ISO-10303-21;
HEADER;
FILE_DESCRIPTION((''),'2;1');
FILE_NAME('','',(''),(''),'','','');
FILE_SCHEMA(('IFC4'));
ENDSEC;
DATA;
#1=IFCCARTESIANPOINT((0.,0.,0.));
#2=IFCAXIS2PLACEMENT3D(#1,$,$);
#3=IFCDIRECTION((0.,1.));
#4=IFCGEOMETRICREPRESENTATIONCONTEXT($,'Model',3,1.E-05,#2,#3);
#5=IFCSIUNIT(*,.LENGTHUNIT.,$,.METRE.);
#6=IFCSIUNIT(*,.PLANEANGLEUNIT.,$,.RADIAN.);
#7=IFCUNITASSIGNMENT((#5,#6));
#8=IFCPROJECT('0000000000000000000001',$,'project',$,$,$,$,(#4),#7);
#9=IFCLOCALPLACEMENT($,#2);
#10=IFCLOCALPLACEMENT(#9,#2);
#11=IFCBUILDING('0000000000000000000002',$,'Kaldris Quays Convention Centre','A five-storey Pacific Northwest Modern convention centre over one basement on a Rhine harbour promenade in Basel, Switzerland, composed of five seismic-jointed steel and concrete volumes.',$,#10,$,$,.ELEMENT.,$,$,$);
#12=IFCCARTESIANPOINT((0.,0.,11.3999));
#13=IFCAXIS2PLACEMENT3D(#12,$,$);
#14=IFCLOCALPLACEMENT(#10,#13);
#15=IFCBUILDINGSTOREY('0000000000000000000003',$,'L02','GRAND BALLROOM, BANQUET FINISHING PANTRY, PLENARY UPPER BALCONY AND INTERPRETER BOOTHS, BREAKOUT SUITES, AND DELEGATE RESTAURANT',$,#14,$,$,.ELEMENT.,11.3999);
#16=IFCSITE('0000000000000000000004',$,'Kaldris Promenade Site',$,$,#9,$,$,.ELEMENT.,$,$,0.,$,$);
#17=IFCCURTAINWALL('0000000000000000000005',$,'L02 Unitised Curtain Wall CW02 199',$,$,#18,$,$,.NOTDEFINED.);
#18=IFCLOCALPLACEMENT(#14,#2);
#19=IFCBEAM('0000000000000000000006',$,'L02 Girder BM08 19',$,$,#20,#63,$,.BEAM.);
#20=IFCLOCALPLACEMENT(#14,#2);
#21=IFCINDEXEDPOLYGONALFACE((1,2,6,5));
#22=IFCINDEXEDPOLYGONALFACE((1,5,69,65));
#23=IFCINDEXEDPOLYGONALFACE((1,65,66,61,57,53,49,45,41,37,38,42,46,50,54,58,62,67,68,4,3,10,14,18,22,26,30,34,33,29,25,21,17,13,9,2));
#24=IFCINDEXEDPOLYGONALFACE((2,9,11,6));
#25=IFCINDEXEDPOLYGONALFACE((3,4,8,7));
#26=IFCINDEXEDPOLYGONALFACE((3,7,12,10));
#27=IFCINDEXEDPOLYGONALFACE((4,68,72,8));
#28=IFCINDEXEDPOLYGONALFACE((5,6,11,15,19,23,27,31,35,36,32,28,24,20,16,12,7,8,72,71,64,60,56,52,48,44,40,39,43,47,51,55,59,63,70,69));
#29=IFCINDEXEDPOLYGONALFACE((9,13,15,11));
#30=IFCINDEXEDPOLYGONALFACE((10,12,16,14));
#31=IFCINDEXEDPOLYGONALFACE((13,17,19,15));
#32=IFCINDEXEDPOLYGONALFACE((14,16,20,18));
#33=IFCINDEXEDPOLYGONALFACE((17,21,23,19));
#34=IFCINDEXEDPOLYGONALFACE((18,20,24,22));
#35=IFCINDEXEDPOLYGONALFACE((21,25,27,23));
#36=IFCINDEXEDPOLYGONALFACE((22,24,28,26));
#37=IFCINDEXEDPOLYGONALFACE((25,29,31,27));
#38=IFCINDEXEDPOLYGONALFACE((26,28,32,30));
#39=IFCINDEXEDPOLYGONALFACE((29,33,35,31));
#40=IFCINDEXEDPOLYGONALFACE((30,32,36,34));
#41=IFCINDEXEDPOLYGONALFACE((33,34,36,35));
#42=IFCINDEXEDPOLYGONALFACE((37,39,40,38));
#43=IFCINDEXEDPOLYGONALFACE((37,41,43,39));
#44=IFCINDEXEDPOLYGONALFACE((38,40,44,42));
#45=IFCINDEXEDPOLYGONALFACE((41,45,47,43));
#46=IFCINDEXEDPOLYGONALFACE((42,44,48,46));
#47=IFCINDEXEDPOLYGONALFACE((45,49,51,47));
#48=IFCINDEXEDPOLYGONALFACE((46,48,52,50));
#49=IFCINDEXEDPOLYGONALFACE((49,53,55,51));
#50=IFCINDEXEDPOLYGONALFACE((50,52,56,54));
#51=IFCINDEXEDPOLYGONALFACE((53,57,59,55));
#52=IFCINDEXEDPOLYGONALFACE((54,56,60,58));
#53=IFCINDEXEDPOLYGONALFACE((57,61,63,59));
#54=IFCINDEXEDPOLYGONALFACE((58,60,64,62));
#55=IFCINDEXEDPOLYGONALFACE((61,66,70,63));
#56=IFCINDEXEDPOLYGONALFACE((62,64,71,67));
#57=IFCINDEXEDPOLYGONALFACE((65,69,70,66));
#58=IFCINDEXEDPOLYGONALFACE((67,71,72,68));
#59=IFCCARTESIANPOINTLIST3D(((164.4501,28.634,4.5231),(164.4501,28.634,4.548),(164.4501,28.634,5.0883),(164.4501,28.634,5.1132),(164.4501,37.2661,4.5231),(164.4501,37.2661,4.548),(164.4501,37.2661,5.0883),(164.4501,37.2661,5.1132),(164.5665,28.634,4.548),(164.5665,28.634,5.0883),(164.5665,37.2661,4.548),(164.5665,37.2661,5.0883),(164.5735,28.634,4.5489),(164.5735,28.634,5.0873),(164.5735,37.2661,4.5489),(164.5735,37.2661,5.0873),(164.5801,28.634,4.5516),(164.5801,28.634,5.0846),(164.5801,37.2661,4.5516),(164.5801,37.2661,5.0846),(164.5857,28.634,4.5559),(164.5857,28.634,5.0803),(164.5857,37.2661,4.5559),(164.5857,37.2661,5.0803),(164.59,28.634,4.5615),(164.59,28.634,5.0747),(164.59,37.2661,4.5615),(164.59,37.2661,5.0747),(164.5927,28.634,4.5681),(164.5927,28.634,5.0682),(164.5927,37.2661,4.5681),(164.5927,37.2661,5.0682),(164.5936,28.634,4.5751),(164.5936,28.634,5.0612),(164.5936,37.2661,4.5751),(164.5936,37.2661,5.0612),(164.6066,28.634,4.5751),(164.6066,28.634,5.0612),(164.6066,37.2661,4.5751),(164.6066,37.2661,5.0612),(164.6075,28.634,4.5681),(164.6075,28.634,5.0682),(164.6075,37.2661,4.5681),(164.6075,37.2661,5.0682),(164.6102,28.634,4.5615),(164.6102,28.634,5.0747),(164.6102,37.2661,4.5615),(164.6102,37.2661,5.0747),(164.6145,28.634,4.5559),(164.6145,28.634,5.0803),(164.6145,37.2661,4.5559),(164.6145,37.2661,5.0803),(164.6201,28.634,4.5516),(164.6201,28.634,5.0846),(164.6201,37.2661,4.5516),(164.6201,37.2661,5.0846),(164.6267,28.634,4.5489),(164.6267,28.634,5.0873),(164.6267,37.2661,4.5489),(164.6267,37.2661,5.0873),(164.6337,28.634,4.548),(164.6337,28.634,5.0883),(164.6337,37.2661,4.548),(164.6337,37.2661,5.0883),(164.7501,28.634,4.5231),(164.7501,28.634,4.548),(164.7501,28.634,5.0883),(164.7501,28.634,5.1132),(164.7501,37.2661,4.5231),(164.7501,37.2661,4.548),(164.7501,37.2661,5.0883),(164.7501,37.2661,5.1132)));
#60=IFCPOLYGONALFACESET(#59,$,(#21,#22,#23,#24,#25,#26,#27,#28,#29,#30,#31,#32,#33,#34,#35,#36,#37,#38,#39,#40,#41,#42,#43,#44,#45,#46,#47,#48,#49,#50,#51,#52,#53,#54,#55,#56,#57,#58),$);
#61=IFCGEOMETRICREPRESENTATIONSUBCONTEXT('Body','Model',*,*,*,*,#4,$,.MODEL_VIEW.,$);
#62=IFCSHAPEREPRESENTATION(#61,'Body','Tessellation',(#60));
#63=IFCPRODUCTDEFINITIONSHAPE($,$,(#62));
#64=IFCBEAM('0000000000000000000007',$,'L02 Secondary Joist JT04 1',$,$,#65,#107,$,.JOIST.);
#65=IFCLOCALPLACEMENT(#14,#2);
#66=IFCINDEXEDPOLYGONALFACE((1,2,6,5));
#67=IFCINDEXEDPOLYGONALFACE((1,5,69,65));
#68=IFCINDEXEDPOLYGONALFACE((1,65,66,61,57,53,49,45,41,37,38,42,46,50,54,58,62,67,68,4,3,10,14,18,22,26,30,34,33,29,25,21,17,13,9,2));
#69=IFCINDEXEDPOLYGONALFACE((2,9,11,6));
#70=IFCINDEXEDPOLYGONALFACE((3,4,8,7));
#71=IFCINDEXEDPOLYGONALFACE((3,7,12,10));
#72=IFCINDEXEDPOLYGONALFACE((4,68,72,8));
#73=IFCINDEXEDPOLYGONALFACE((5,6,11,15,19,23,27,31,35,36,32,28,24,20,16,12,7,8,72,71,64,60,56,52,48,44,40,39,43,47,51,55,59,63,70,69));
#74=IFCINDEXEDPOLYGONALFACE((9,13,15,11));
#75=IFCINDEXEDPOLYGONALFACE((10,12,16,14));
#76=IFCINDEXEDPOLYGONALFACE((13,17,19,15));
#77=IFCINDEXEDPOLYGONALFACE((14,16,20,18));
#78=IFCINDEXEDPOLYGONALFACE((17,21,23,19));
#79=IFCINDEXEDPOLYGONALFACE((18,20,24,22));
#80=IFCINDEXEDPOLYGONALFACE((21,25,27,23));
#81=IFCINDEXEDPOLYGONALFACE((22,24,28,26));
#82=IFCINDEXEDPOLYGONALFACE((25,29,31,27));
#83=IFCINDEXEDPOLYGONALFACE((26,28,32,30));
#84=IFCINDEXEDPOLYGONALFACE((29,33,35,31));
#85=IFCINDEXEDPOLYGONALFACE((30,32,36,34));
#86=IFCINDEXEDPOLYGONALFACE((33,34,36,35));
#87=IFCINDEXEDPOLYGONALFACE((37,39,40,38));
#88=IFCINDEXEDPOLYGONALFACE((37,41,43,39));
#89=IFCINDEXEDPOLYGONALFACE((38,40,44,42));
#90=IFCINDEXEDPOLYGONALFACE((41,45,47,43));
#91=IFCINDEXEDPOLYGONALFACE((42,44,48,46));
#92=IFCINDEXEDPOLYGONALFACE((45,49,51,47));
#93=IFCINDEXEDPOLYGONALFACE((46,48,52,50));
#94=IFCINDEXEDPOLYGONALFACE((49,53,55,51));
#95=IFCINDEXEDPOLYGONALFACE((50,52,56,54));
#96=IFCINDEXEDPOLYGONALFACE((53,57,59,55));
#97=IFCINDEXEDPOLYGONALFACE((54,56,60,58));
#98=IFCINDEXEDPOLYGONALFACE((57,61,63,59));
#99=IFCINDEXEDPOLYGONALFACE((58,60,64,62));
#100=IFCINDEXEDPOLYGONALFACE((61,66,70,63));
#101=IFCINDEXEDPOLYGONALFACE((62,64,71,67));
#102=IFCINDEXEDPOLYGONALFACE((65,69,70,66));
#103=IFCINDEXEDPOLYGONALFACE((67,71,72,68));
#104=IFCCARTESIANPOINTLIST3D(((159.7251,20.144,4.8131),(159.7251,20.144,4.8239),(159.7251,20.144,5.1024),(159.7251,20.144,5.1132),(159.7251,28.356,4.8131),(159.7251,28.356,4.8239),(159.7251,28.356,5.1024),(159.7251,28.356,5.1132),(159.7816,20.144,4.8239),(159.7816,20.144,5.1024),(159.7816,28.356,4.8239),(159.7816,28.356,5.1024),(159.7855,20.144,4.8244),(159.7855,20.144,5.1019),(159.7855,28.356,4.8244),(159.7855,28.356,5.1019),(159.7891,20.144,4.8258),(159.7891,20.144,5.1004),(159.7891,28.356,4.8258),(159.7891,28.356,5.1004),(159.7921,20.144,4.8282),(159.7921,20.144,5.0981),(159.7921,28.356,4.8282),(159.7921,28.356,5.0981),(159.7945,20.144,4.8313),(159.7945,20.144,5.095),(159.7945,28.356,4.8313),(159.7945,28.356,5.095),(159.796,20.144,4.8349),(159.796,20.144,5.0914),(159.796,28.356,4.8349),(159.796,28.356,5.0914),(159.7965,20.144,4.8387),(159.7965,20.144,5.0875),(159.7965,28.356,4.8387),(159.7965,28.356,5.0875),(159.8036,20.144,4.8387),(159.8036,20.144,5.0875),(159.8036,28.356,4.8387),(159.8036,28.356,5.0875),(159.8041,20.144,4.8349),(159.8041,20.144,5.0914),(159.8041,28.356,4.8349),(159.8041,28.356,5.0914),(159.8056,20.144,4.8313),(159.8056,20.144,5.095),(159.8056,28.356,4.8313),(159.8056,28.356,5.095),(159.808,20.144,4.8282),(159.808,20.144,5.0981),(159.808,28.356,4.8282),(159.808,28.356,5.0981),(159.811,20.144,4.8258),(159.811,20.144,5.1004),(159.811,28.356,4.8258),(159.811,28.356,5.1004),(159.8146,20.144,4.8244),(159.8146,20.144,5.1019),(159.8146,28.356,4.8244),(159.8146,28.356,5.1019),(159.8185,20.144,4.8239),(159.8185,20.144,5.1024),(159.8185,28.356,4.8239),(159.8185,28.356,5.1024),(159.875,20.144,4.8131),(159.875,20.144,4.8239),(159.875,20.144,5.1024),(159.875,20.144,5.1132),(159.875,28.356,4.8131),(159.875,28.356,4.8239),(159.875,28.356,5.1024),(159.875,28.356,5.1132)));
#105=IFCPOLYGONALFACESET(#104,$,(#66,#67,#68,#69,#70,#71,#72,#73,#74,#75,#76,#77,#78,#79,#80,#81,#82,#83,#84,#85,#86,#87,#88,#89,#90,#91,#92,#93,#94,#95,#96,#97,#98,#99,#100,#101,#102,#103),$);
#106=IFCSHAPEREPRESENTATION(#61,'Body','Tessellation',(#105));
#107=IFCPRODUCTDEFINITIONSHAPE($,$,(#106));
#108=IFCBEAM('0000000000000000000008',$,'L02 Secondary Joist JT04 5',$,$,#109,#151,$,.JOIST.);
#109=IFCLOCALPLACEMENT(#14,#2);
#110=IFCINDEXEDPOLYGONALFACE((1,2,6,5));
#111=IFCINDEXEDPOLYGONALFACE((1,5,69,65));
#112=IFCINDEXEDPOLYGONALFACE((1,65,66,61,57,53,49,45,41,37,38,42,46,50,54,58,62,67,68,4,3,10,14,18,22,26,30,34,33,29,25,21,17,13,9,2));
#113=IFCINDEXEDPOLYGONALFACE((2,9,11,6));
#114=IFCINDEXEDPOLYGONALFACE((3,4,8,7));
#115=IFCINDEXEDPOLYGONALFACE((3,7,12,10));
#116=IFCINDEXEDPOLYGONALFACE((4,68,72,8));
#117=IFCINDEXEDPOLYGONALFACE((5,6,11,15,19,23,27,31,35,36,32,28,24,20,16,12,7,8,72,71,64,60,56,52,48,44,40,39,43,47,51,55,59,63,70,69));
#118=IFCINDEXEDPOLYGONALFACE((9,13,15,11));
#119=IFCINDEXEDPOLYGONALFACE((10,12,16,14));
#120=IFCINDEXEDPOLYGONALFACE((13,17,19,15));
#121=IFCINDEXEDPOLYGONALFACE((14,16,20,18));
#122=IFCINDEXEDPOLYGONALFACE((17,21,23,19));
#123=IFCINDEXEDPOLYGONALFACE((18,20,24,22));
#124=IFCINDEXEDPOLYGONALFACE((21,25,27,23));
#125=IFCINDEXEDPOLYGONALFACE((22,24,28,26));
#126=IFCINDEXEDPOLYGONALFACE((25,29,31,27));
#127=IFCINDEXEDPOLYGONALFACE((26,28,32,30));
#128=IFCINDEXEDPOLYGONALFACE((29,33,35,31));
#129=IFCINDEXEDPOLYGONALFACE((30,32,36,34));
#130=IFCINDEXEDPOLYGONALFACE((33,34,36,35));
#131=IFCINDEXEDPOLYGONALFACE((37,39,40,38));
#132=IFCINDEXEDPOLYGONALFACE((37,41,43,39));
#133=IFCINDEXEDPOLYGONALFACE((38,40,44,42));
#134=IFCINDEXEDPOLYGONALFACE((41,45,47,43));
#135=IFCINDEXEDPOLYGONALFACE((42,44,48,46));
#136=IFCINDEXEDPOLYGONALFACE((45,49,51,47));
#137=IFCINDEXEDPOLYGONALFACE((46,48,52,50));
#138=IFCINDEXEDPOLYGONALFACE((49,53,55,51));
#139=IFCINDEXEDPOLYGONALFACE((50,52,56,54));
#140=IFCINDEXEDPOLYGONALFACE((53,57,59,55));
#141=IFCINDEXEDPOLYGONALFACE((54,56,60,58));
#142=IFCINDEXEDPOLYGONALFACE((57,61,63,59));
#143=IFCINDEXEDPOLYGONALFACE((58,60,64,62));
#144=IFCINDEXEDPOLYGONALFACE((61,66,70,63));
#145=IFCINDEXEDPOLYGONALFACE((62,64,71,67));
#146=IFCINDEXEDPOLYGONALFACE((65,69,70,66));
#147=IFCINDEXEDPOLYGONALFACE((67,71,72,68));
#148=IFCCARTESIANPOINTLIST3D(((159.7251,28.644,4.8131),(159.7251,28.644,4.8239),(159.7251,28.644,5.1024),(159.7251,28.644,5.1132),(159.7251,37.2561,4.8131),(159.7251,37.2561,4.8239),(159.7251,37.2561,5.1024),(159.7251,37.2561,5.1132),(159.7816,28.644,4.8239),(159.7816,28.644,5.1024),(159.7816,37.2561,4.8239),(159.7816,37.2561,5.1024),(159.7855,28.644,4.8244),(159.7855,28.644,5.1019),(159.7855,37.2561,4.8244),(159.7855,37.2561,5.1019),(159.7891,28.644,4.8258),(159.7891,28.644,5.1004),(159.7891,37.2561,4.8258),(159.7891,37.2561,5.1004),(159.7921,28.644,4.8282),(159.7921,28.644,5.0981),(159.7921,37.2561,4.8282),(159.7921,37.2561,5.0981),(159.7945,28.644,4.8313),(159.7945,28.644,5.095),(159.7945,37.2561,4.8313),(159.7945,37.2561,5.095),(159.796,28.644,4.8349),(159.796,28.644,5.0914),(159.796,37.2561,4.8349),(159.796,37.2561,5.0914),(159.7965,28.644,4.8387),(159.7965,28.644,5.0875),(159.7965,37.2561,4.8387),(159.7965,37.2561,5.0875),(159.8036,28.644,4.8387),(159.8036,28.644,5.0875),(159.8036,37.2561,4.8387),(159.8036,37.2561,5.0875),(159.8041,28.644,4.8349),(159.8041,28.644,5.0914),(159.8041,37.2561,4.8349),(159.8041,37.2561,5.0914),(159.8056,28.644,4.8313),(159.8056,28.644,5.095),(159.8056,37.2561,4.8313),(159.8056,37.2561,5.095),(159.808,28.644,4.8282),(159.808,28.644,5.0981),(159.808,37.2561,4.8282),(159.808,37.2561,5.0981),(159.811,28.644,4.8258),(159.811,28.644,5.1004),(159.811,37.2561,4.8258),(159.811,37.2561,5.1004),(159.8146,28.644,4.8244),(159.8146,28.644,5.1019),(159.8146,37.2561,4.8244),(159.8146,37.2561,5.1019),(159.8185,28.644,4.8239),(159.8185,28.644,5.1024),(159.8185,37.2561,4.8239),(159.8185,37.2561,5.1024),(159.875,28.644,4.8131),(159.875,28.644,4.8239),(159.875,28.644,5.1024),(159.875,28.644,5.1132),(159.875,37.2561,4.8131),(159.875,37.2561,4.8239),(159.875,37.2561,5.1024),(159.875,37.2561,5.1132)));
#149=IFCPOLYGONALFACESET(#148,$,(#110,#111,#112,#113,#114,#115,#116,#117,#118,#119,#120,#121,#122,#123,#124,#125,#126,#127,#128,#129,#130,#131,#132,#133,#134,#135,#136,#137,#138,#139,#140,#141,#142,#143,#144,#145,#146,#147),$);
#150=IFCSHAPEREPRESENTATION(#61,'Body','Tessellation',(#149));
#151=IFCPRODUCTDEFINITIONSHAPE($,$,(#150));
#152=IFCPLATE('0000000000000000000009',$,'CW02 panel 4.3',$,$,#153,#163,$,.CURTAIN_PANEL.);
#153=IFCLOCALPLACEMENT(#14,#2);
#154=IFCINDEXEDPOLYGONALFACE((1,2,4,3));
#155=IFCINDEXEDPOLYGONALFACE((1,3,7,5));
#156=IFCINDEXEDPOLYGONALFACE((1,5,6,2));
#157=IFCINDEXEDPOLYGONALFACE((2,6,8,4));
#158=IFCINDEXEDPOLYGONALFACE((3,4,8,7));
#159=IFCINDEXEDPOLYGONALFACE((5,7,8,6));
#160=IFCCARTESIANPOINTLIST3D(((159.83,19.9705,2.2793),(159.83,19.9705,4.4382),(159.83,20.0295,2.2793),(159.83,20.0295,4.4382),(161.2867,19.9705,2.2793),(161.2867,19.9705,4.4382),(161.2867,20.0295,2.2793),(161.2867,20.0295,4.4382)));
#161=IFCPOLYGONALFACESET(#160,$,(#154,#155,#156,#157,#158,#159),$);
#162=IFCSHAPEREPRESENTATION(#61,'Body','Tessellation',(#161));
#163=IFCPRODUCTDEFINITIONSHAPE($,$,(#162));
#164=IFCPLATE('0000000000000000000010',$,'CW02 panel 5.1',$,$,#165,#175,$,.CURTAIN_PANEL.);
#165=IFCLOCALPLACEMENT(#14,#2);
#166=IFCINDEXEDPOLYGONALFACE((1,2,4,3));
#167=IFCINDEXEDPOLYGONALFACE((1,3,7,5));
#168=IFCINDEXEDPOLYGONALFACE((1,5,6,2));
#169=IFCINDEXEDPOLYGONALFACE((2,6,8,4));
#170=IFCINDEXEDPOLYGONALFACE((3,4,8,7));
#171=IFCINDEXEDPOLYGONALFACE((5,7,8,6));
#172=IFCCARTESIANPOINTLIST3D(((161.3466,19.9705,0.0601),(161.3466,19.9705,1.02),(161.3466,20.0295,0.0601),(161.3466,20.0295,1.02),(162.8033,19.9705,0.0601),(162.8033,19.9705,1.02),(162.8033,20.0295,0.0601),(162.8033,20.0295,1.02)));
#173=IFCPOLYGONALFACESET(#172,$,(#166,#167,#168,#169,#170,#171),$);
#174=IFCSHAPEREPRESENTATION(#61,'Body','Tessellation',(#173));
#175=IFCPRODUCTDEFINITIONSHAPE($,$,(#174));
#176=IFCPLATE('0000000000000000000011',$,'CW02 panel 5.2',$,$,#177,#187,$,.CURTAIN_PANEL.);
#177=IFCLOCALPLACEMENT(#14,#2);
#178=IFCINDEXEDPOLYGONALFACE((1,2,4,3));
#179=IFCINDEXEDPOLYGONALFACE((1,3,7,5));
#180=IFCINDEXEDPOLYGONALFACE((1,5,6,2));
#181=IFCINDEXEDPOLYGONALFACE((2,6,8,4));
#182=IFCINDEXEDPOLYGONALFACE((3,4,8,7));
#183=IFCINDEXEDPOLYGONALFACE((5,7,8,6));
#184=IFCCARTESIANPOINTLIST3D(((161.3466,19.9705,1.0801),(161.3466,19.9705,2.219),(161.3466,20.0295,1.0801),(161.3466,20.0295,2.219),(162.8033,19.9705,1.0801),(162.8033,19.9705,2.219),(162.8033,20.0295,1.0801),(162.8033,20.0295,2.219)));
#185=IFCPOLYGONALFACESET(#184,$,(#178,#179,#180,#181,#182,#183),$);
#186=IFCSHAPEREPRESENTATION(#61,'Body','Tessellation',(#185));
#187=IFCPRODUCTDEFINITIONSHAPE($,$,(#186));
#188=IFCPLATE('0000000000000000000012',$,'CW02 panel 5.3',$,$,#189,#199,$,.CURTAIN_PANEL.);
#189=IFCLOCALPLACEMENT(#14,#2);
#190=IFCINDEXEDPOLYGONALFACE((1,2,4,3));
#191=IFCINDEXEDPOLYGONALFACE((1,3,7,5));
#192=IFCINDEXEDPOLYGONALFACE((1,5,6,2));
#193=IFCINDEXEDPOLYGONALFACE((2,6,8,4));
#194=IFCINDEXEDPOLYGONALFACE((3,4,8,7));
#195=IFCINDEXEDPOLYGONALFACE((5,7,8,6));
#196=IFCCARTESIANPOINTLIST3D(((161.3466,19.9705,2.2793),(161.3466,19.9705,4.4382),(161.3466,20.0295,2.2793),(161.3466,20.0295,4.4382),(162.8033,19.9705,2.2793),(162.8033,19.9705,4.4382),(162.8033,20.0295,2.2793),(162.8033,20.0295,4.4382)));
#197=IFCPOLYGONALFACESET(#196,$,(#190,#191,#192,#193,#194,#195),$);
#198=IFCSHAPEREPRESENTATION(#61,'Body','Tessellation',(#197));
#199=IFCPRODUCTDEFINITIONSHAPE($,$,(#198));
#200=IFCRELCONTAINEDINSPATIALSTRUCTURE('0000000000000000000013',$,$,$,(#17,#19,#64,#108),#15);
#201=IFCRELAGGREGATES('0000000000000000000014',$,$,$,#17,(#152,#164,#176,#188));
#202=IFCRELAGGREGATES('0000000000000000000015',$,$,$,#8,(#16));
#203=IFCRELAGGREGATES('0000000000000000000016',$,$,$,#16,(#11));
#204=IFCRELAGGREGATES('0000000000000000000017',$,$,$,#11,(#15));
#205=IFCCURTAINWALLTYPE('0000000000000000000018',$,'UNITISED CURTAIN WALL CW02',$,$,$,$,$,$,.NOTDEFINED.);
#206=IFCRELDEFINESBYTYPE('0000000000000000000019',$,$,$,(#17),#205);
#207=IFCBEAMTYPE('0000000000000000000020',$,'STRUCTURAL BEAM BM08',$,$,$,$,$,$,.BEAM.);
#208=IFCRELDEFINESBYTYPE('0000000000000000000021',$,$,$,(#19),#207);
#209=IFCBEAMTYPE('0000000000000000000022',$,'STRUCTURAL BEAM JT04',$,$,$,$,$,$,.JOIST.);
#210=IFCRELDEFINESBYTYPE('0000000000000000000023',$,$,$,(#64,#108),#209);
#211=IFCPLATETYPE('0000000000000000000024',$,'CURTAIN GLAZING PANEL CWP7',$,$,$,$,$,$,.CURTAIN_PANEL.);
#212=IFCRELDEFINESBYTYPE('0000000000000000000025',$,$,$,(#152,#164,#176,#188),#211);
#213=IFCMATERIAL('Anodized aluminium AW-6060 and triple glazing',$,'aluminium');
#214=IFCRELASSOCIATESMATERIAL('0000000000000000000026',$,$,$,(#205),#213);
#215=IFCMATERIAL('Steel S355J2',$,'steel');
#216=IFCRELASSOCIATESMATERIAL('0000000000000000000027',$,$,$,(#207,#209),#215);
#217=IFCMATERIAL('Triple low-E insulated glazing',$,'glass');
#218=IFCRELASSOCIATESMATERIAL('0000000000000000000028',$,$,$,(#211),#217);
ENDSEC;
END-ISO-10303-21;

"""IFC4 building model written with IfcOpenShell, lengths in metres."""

from ifc_helpers import new_model, si_unit, direction, frame, origin, origin_2d, place, context, subcontext, project, spatial, rectangle, i_section, extrude, material, material_profile, profile_set, type_object, element, aggregate, save


model = new_model("IFC4")

# Units and contexts
model_context = context("Model", 3, precision=1e-05, world=origin(), true_north=direction((0.0, 1.0)))
body_context = subcontext(model_context, "Body", "Model", "MODEL_VIEW")
ifc_project = project(units=[si_unit("LENGTHUNIT", "METRE"), si_unit("PLANEANGLEUNIT", "RADIAN")], contexts=[model_context])

# Site, building, storey
site_placement = place(None, origin())
site = spatial("IfcSite", under=ifc_project, at=site_placement, Name="Kaldris Promenade Site", CompositionType="ELEMENT", RefElevation=0.0)
building_placement = place(site_placement, origin())
building = spatial("IfcBuilding", under=site, at=building_placement, Name="Kaldris Quays Convention Centre", Description="A five-storey Pacific Northwest Modern convention centre over one basement on a Rhine harbour promenade in Basel, Switzerland, composed of five seismic-jointed steel and concrete volumes.", CompositionType="ELEMENT")
storey_placement = place(building_placement, frame((0.0, 0.0, 11.3999)))
storey = spatial("IfcBuildingStorey", under=building, at=storey_placement, Name="L02", Description="GRAND BALLROOM, BANQUET FINISHING PANTRY, PLENARY UPPER BALCONY AND INTERPRETER BOOTHS, BREAKOUT SUITES, AND DELEGATE RESTAURANT", CompositionType="ELEMENT", Elevation=11.3999)

# Shared definitions
ifc_material_1 = material(Name="Steel S355J2", Category="steel")

# Curtain wall
ifc_material_2 = material(Name="Anodized aluminium AW-6060 and triple glazing", Category="aluminium")
curtain_wall_type = type_object("IfcCurtainWallType", Name="UNITISED CURTAIN WALL CW02", PredefinedType="NOTDEFINED", material=ifc_material_2)
curtain_wall_1_placement = place(storey_placement, origin())
curtain_wall_1 = element("IfcCurtainWall", 1, at=curtain_wall_1_placement, inside=storey, type_object=curtain_wall_type, Name="L02 Unitised Curtain Wall CW02 199", PredefinedType="NOTDEFINED")

# Beams
ifc_material_profile_1 = material_profile(ifc_material_1, i_section(OverallWidth=0.3, OverallDepth=0.5901, WebThickness=0.0129, FlangeThickness=0.0249, FilletRadius=0.0271, at=origin_2d()), Name="HEA 600")
ifc_profile_set_1 = profile_set([ifc_material_profile_1], Name="Steel S355J2")
beam_type_1 = type_object("IfcBeamType", Name="STRUCTURAL BEAM BM08", PredefinedType="BEAM", material=ifc_profile_set_1)
beam_1_placement = place(storey_placement, frame((164.6001, 28.634, 4.8181), z_axis=(0.0, 1.0, 0.0), x_axis=(-1.0, 0.0, 0.0)))
element("IfcBeam", 2, at=beam_1_placement, inside=storey, type_object=beam_type_1, Name="L02 Girder BM08 19", PredefinedType="BEAM", context=body_context, shape_type="SweptSolid", body=[
    extrude(i_section(OverallWidth=0.3, OverallDepth=0.5901, WebThickness=0.0129, FlangeThickness=0.0249, FilletRadius=0.0271, at=origin_2d()), origin(), (0.0, 0.0, 1.0), 8.6321),
])
ifc_material_profile_2 = material_profile(ifc_material_1, i_section(OverallWidth=0.1499, OverallDepth=0.3, WebThickness=0.0071, FlangeThickness=0.0107, FilletRadius=0.0149, at=origin_2d()), Name="IPE 300")
ifc_profile_set_2 = profile_set([ifc_material_profile_2], Name="Steel S355J2")
beam_type_2 = type_object("IfcBeamType", Name="STRUCTURAL BEAM JT04", PredefinedType="JOIST", material=ifc_profile_set_2)
beam_2_placement = place(storey_placement, frame((159.8, 20.144, 4.9631), z_axis=(0.0, 1.0, 0.0), x_axis=(-1.0, 0.0, 0.0)))
element("IfcBeam", 3, at=beam_2_placement, inside=storey, type_object=beam_type_2, Name="L02 Secondary Joist JT04 1", PredefinedType="JOIST", context=body_context, shape_type="SweptSolid", body=[
    extrude(i_section(OverallWidth=0.1499, OverallDepth=0.3, WebThickness=0.0071, FlangeThickness=0.0107, FilletRadius=0.0149, at=origin_2d()), origin(), (0.0, 0.0, 1.0), 8.2119),
])
beam_3_placement = place(storey_placement, frame((159.8, 28.644, 4.9631), z_axis=(0.0, 1.0, 0.0), x_axis=(-1.0, 0.0, 0.0)))
element("IfcBeam", 4, at=beam_3_placement, inside=storey, type_object=beam_type_2, Name="L02 Secondary Joist JT04 5", PredefinedType="JOIST", context=body_context, shape_type="SweptSolid", body=[
    extrude(i_section(OverallWidth=0.1499, OverallDepth=0.3, WebThickness=0.0071, FlangeThickness=0.0107, FilletRadius=0.0149, at=origin_2d()), origin(), (0.0, 0.0, 1.0), 8.6121),
])

# Plates
ifc_material_3 = material(Name="Triple low-E insulated glazing", Category="glass")
plate_type = type_object("IfcPlateType", Name="CURTAIN GLAZING PANEL CWP7", PredefinedType="CURTAIN_PANEL", material=ifc_material_3)
plate_1_placement = place(storey_placement, frame((160.5583, 20.0, 2.2793), z_axis=(0.0, 0.0, 1.0), x_axis=(1.0, 0.0, 0.0)))
plate_1 = element("IfcPlate", 5, at=plate_1_placement, type_object=plate_type, Name="CW02 panel 4.3", PredefinedType="CURTAIN_PANEL", context=body_context, shape_type="SweptSolid", body=[
    extrude(rectangle(XDim=1.4568, YDim=0.0591, at=origin_2d()), origin(), (0.0, 0.0, 1.0), 2.1589),
])
plate_2_placement = place(storey_placement, frame((162.075, 20.0, 0.0601), z_axis=(0.0, 0.0, 1.0), x_axis=(1.0, 0.0, 0.0)))
plate_2 = element("IfcPlate", 6, at=plate_2_placement, type_object=plate_type, Name="CW02 panel 5.1", PredefinedType="CURTAIN_PANEL", context=body_context, shape_type="SweptSolid", body=[
    extrude(rectangle(XDim=1.4568, YDim=0.0591, at=origin_2d()), origin(), (0.0, 0.0, 1.0), 0.96),
])
plate_3_placement = place(storey_placement, frame((162.075, 20.0, 1.0801), z_axis=(0.0, 0.0, 1.0), x_axis=(1.0, 0.0, 0.0)))
plate_3 = element("IfcPlate", 7, at=plate_3_placement, type_object=plate_type, Name="CW02 panel 5.2", PredefinedType="CURTAIN_PANEL", context=body_context, shape_type="SweptSolid", body=[
    extrude(rectangle(XDim=1.4568, YDim=0.0591, at=origin_2d()), origin(), (0.0, 0.0, 1.0), 1.1389),
])
plate_4_placement = place(storey_placement, frame((162.075, 20.0, 2.2793), z_axis=(0.0, 0.0, 1.0), x_axis=(1.0, 0.0, 0.0)))
plate_4 = element("IfcPlate", 8, at=plate_4_placement, type_object=plate_type, Name="CW02 panel 5.3", PredefinedType="CURTAIN_PANEL", context=body_context, shape_type="SweptSolid", body=[
    extrude(rectangle(XDim=1.4568, YDim=0.0591, at=origin_2d()), origin(), (0.0, 0.0, 1.0), 2.1589),
])
aggregate(curtain_wall_1, [plate_1, plate_2, plate_3, plate_4])

save(model, "model.ifc")
